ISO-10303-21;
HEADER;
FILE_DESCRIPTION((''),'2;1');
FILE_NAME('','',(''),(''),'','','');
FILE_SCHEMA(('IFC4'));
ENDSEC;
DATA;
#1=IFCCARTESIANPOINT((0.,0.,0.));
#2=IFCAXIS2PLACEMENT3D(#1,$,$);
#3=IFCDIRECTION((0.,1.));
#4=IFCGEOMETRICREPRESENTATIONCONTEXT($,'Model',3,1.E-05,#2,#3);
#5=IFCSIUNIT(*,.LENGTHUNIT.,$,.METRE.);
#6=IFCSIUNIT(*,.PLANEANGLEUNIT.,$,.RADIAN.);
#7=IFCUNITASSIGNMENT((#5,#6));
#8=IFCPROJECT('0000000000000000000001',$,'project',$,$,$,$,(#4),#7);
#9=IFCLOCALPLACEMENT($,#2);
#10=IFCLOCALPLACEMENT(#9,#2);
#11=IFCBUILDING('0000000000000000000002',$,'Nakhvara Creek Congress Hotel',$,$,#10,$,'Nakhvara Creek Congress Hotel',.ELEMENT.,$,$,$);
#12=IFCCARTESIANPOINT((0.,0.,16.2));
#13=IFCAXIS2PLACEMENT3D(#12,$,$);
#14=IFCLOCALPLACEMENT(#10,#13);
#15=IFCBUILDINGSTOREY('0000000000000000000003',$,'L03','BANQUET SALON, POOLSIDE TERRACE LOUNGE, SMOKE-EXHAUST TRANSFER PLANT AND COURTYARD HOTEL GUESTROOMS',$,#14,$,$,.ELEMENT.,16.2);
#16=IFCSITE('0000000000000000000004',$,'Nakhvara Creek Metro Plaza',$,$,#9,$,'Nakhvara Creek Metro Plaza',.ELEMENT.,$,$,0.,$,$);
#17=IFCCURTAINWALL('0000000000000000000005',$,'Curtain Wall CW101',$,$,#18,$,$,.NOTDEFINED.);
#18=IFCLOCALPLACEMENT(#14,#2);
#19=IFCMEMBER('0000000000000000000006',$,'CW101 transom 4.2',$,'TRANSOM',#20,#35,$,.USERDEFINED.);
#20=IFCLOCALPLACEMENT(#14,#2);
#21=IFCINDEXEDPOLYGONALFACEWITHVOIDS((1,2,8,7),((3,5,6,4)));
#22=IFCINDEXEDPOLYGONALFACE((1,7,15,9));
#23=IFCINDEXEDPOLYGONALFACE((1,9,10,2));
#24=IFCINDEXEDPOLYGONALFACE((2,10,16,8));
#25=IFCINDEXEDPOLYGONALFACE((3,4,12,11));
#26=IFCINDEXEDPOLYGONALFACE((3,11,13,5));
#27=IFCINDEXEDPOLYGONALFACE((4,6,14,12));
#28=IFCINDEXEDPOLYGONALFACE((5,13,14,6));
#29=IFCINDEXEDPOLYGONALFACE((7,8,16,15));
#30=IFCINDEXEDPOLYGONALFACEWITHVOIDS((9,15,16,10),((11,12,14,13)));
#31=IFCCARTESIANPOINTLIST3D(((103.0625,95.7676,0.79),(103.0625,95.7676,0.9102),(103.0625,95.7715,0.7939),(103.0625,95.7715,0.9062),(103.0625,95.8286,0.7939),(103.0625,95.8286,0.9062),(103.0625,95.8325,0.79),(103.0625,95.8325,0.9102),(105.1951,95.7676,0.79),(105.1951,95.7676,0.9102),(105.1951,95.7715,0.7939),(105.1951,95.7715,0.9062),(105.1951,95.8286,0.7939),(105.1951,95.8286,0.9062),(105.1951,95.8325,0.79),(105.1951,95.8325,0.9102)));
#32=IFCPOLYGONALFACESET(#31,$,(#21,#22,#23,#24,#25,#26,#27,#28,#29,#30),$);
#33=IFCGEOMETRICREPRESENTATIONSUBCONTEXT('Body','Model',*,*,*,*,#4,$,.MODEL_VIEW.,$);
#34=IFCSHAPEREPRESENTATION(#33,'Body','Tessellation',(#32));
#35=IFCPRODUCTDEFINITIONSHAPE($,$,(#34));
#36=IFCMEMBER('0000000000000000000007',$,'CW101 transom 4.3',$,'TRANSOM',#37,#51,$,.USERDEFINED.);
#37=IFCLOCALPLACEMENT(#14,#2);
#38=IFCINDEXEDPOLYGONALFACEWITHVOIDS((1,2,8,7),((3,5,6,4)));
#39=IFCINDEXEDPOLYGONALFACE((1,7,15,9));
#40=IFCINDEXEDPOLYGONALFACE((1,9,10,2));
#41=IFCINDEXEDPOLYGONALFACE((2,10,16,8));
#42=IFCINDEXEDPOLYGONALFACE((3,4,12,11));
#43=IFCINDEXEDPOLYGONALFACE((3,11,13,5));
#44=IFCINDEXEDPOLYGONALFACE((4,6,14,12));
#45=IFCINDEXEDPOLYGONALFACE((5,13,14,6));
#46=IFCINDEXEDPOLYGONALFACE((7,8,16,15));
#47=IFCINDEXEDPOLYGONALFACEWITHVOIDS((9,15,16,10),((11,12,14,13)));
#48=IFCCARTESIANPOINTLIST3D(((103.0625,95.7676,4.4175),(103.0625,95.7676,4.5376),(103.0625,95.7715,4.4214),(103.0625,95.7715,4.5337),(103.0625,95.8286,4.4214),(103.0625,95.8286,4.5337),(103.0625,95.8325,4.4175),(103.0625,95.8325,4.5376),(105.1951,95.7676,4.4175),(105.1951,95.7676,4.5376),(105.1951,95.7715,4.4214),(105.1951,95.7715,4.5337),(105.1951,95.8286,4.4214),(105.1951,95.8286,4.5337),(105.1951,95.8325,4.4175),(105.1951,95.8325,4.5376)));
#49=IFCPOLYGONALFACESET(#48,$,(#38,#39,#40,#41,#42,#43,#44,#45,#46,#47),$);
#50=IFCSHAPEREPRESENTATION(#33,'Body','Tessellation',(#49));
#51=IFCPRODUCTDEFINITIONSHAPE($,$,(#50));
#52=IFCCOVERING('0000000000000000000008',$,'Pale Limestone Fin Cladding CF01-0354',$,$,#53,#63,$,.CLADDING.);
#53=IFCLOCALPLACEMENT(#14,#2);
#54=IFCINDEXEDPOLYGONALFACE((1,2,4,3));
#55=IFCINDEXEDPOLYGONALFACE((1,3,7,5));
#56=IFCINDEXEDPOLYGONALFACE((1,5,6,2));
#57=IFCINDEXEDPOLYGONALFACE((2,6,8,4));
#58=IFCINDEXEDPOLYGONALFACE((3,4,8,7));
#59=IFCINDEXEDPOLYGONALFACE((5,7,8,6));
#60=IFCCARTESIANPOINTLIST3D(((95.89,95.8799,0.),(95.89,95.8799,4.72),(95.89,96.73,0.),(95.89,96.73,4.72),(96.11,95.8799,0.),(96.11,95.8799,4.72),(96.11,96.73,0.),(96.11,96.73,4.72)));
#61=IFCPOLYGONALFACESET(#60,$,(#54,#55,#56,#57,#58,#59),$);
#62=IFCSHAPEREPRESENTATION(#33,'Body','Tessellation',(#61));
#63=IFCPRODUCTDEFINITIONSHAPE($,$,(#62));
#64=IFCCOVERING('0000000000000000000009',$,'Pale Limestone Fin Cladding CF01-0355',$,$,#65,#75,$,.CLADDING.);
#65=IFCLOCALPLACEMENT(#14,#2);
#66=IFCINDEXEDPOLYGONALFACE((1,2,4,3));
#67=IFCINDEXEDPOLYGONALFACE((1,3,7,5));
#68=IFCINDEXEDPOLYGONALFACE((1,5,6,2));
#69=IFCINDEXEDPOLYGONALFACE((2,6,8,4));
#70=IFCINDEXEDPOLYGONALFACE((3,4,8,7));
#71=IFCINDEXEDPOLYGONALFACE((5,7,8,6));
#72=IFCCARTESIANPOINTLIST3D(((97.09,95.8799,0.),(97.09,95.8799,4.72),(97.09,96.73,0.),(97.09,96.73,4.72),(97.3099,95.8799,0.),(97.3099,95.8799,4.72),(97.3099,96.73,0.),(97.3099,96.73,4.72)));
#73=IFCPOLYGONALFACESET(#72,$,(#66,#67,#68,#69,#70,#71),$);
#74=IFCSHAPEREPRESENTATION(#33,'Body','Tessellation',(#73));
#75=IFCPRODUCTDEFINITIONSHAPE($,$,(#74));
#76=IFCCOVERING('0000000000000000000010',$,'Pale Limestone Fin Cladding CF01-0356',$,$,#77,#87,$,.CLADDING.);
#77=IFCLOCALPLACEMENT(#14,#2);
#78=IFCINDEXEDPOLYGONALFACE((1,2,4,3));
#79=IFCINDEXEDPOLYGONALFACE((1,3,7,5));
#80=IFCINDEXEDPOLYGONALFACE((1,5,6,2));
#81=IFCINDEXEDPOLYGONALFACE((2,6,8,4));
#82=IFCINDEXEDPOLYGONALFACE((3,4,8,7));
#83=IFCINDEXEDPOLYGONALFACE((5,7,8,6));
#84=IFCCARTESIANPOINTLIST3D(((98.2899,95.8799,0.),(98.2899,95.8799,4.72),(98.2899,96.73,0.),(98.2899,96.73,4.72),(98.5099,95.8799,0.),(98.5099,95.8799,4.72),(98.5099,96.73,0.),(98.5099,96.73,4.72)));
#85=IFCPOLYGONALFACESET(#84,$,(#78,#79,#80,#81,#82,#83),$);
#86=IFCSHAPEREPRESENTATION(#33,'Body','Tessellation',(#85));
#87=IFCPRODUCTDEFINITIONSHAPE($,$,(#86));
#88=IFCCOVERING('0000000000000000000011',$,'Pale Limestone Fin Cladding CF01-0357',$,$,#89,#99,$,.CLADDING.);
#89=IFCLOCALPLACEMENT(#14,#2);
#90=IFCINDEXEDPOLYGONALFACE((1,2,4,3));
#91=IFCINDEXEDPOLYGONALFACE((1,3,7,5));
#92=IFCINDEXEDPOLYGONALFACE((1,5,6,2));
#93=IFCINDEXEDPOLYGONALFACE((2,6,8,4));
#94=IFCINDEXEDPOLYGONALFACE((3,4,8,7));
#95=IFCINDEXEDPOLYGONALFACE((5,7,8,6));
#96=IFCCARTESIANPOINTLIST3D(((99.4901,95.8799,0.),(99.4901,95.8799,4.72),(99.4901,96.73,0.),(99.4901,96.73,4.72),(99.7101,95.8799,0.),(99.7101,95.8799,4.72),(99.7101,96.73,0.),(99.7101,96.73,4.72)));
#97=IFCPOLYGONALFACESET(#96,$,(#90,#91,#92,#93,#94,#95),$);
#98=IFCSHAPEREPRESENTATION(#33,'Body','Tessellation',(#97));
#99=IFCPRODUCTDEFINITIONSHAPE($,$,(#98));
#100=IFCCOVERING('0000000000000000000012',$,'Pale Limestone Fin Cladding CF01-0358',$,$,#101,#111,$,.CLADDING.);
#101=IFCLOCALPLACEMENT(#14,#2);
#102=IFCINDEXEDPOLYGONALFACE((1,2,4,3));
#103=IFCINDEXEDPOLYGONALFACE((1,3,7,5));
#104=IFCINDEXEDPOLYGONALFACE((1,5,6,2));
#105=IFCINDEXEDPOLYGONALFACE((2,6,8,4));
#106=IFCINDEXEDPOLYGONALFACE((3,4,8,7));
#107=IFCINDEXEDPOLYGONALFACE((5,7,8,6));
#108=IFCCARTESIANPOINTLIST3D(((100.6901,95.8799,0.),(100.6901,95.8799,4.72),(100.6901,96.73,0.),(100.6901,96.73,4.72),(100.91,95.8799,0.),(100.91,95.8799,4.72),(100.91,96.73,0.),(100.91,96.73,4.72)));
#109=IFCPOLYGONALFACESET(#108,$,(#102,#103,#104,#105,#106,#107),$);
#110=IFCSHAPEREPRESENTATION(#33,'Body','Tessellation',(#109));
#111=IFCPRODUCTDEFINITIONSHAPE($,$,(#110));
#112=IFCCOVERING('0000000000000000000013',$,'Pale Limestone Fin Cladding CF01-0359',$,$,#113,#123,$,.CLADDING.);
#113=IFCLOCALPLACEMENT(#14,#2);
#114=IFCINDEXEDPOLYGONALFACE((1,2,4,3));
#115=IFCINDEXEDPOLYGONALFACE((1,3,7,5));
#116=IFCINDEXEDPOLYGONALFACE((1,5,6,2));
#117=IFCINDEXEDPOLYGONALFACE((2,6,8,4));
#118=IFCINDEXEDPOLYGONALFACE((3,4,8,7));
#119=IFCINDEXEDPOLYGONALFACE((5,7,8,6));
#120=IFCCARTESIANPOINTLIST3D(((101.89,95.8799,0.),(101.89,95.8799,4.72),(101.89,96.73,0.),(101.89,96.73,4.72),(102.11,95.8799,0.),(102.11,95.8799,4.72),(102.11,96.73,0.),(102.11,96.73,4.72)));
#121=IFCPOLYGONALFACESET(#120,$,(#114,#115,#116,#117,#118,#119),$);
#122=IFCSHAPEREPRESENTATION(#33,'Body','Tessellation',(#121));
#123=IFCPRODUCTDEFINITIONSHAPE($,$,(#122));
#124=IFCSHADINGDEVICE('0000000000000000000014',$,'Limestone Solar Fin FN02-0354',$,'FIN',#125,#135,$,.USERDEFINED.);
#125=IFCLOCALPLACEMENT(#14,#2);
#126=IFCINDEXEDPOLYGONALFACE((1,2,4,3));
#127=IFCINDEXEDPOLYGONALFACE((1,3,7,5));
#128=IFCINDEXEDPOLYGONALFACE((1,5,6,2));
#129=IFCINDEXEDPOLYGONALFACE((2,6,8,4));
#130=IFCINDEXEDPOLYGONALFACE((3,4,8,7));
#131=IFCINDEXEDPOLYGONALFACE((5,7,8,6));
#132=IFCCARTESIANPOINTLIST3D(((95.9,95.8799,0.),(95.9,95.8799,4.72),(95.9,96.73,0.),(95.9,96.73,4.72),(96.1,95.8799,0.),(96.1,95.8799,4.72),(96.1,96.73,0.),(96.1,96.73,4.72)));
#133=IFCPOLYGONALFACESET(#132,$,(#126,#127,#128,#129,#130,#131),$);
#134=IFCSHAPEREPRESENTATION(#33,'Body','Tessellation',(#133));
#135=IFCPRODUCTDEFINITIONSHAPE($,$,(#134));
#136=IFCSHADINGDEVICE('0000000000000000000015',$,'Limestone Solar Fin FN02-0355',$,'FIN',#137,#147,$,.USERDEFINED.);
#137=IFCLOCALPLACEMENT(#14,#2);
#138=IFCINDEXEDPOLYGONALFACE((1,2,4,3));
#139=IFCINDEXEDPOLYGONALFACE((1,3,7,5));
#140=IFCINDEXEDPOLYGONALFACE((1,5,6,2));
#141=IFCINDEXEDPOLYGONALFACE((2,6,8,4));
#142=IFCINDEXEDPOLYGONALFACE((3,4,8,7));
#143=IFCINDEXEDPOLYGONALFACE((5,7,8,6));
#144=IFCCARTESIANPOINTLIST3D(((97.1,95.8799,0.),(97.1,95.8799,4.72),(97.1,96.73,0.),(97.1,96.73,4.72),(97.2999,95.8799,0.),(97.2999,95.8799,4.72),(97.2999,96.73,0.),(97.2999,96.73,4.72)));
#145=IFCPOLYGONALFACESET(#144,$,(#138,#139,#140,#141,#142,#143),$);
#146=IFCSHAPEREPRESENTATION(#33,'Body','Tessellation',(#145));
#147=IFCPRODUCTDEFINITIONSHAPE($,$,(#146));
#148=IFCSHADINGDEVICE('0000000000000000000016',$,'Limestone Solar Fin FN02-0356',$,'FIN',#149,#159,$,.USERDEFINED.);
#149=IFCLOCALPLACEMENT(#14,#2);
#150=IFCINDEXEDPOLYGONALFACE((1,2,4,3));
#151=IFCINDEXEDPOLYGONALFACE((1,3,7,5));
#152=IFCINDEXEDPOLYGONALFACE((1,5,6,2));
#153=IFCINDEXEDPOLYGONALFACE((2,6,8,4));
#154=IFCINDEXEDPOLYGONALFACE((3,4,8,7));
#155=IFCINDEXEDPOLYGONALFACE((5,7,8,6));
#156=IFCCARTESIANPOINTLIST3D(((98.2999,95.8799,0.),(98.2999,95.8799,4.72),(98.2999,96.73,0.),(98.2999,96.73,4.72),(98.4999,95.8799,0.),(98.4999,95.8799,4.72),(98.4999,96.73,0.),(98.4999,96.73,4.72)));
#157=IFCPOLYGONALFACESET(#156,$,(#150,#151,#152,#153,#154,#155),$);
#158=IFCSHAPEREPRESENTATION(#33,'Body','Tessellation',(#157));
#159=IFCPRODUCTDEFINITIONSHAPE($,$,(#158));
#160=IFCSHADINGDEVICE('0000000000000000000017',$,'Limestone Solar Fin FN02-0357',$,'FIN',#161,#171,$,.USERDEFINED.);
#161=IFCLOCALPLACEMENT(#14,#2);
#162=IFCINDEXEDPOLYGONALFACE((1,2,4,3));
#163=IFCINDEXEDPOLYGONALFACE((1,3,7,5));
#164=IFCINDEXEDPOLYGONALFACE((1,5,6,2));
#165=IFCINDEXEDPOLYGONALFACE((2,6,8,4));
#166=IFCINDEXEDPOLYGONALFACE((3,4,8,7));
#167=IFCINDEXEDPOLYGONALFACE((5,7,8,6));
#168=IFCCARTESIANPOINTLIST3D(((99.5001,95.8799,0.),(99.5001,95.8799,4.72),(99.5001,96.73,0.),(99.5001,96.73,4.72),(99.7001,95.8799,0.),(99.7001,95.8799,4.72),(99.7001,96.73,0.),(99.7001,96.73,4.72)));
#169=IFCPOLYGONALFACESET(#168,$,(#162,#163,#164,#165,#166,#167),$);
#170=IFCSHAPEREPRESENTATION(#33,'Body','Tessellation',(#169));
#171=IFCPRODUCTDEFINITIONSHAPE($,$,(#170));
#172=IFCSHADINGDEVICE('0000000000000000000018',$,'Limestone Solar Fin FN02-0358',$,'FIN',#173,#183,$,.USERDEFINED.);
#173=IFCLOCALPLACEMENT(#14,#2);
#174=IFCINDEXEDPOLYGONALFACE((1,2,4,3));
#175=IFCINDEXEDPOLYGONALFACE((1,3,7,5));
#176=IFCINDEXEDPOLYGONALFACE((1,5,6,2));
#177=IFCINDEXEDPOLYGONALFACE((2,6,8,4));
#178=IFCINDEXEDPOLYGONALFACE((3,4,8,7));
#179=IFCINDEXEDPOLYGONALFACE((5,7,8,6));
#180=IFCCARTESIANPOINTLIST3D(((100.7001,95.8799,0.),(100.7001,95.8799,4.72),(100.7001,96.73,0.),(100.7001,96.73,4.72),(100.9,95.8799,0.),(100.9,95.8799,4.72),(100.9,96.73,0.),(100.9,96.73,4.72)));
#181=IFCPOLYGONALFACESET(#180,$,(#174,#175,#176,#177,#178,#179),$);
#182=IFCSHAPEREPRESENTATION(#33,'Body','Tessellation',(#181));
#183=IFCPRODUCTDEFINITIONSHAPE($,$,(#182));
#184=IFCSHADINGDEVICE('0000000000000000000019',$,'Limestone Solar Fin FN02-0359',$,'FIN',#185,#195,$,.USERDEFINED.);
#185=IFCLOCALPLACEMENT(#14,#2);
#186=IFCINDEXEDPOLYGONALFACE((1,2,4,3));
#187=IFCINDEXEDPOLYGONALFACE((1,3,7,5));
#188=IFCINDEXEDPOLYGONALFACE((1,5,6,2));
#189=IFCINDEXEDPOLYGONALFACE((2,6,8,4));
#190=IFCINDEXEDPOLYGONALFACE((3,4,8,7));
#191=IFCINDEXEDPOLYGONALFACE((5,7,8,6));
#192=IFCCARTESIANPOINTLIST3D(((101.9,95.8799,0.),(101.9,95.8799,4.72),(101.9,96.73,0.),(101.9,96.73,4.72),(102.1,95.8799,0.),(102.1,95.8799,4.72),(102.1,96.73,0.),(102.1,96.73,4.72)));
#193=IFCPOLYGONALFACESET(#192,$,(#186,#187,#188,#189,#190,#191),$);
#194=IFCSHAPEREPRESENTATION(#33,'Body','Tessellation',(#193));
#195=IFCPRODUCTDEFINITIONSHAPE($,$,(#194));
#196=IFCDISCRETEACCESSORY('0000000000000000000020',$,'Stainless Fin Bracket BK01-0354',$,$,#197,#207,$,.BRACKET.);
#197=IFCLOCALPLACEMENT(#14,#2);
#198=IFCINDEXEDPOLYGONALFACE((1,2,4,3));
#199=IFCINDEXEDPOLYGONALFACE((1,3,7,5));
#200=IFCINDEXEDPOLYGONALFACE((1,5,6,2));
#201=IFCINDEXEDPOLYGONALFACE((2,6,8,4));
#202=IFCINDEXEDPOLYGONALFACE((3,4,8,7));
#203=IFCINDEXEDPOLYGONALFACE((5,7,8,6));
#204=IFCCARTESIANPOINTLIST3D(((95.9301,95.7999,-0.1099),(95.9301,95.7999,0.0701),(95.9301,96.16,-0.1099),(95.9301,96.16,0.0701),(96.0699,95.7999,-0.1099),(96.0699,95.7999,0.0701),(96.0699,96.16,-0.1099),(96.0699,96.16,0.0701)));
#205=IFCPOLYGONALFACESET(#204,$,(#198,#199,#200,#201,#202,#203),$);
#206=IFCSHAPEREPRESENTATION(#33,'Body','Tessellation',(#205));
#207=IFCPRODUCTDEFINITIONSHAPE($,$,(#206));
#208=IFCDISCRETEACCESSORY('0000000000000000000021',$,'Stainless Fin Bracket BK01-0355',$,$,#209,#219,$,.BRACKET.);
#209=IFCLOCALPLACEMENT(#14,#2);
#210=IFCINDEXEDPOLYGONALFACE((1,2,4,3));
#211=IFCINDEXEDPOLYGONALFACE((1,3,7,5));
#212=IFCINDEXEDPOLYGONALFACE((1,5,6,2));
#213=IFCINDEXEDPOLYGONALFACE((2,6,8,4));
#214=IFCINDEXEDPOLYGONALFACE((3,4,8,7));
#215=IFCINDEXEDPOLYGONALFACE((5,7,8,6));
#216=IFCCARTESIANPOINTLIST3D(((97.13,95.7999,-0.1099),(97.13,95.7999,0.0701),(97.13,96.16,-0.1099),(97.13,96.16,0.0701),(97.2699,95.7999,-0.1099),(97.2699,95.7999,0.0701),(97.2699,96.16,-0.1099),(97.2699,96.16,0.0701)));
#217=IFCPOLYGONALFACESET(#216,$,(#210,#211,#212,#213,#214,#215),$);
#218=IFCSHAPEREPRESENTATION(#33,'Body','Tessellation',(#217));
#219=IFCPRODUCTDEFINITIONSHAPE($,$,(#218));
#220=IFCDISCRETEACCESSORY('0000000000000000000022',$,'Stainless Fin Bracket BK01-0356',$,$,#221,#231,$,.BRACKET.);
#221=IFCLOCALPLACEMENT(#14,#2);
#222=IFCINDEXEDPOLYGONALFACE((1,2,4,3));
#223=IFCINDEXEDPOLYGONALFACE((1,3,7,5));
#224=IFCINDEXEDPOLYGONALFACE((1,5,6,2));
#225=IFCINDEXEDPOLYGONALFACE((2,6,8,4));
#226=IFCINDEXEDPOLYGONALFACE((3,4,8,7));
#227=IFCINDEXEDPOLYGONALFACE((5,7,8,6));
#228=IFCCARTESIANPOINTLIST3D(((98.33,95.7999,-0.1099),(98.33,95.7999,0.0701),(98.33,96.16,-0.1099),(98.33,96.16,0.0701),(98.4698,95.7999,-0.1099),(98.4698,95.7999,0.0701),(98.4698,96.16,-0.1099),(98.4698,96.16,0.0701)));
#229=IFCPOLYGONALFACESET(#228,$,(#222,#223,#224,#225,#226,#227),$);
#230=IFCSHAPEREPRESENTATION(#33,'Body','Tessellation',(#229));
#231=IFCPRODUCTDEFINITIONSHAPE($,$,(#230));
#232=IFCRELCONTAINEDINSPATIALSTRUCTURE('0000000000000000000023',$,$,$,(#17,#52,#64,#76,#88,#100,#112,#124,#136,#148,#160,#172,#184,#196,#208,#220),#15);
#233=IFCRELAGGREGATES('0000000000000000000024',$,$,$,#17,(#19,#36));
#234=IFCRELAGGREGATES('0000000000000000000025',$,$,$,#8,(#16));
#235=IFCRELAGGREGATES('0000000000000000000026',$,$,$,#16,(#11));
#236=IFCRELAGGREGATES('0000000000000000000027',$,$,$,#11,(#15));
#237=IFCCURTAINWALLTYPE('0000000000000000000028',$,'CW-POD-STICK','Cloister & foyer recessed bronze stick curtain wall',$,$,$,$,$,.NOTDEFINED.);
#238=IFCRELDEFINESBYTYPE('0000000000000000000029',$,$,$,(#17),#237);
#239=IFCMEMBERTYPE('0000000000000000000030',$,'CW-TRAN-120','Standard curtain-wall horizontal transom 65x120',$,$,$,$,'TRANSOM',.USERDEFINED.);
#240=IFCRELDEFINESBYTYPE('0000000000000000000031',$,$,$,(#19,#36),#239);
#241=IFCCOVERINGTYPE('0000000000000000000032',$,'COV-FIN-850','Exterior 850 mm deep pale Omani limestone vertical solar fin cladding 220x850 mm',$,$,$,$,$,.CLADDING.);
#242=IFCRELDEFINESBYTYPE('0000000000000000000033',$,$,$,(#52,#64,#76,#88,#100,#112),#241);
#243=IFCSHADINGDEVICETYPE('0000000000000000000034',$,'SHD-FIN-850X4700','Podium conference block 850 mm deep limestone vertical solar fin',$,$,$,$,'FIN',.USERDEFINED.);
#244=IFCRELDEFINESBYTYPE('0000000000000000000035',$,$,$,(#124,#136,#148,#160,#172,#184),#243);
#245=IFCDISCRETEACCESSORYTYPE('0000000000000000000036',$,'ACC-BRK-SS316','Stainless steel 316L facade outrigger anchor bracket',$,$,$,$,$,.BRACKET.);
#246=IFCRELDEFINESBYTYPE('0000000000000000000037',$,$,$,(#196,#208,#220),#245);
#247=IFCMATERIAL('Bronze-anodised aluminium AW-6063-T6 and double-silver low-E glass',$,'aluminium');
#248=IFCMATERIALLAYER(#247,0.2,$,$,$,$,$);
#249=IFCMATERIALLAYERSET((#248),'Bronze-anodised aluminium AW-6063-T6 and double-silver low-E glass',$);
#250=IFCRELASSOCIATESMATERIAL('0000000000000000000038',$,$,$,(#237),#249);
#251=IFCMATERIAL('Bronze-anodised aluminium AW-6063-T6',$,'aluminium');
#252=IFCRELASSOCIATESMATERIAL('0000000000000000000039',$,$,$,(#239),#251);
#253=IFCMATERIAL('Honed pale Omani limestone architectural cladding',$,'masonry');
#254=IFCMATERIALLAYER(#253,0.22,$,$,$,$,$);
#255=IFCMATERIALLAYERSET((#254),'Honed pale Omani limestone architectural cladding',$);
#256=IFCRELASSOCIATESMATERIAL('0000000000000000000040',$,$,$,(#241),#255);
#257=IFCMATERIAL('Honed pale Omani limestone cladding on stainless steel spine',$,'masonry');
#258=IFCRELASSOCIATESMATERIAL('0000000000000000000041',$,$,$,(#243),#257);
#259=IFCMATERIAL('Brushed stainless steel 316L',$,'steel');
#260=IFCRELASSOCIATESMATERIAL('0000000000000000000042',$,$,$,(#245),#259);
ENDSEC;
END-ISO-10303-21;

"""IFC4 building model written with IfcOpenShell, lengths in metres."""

from ifc_helpers import new_model, si_unit, direction, frame, origin, origin_2d, place, context, subcontext, project, spatial, rectangle, hollow_rectangle, extrude, material, layer, layer_set, material_profile, profile_set, type_object, element, aggregate, save


model = new_model("IFC4")

# Units and contexts
model_context = context("Model", 3, precision=1e-05, world=origin(), true_north=direction((0.0, 1.0)))
body_context = subcontext(model_context, "Body", "Model", "MODEL_VIEW")
ifc_project = project(units=[si_unit("LENGTHUNIT", "METRE"), si_unit("PLANEANGLEUNIT", "RADIAN")], contexts=[model_context])

# Site, building, storey
site_placement = place(None, origin())
site = spatial("IfcSite", under=ifc_project, at=site_placement, Name="Nakhvara Creek Metro Plaza", LongName="Nakhvara Creek Metro Plaza", CompositionType="ELEMENT", RefElevation=0.0)
building_placement = place(site_placement, origin())
building = spatial("IfcBuilding", under=site, at=building_placement, Name="Nakhvara Creek Congress Hotel", LongName="Nakhvara Creek Congress Hotel", CompositionType="ELEMENT")
storey_placement = place(building_placement, frame((0.0, 0.0, 16.2)))
storey = spatial("IfcBuildingStorey", under=building, at=storey_placement, Name="L03", Description="BANQUET SALON, POOLSIDE TERRACE LOUNGE, SMOKE-EXHAUST TRANSFER PLANT AND COURTYARD HOTEL GUESTROOMS", CompositionType="ELEMENT", Elevation=16.2)

# Curtain wall, members
ifc_material_1 = material(Name="Bronze-anodised aluminium AW-6063-T6 and double-silver low-E glass", Category="aluminium")
ifc_layer_1 = layer(ifc_material_1, 0.2)
ifc_layer_set_1 = layer_set([ifc_layer_1], Name="Bronze-anodised aluminium AW-6063-T6 and double-silver low-E glass")
curtain_wall_type = type_object("IfcCurtainWallType", Name="CW-POD-STICK", Description="Cloister & foyer recessed bronze stick curtain wall", PredefinedType="NOTDEFINED", material=ifc_layer_set_1)
curtain_wall_placement = place(storey_placement, origin())
curtain_wall = element("IfcCurtainWall", 1, at=curtain_wall_placement, inside=storey, type_object=curtain_wall_type, Name="Curtain Wall CW101", PredefinedType="NOTDEFINED")
ifc_material_2 = material(Name="Bronze-anodised aluminium AW-6063-T6", Category="aluminium")
ifc_material_profile = material_profile(ifc_material_2, hollow_rectangle(XDim=0.0649, YDim=0.1201, WallThickness=0.0039, at=origin_2d()), Name="ALU-TRAN 65x120x4", Category="LoadBearing")
ifc_profile_set = profile_set([ifc_material_profile], Name="Bronze-anodised aluminium AW-6063-T6")
member_type = type_object("IfcMemberType", Name="CW-TRAN-120", Description="Standard curtain-wall horizontal transom 65x120", ElementType="TRANSOM", PredefinedType="USERDEFINED", material=ifc_profile_set)
member_1_placement = place(storey_placement, frame((103.0625, 95.8, 0.8501), z_axis=(1.0, 0.0, 0.0), x_axis=(0.0, 1.0, 0.0)))
member_1 = element("IfcMember", 2, at=member_1_placement, type_object=member_type, Name="CW101 transom 4.2", ObjectType="TRANSOM", PredefinedType="USERDEFINED", context=body_context, shape_type="SweptSolid", body=[
    extrude(hollow_rectangle(XDim=0.0649, YDim=0.1201, WallThickness=0.0039, at=origin_2d()), origin(), (0.0, 0.0, 1.0), 2.1326),
])
member_2_placement = place(storey_placement, frame((103.0625, 95.8, 4.4775), z_axis=(1.0, 0.0, 0.0), x_axis=(0.0, 1.0, 0.0)))
member_2 = element("IfcMember", 3, at=member_2_placement, type_object=member_type, Name="CW101 transom 4.3", ObjectType="TRANSOM", PredefinedType="USERDEFINED", context=body_context, shape_type="SweptSolid", body=[
    extrude(hollow_rectangle(XDim=0.0649, YDim=0.1201, WallThickness=0.0039, at=origin_2d()), origin(), (0.0, 0.0, 1.0), 2.1326),
])
aggregate(curtain_wall, [member_1, member_2])

# Coverings
ifc_material_3 = material(Name="Honed pale Omani limestone architectural cladding", Category="masonry")
ifc_layer_2 = layer(ifc_material_3, 0.22)
ifc_layer_set_2 = layer_set([ifc_layer_2], Name="Honed pale Omani limestone architectural cladding")
covering_type = type_object("IfcCoveringType", Name="COV-FIN-850", Description="Exterior 850 mm deep pale Omani limestone vertical solar fin cladding 220x850 mm", PredefinedType="CLADDING", material=ifc_layer_set_2)
for number, where, z_axis, x_axis, name in (
    (4, (96.0, 96.3049, 0.0), (0.0, 0.0, 1.0), (1.0, 0.0, 0.0), "Pale Limestone Fin Cladding CF01-0354"),
    (5, (97.2, 96.3049, 0.0), (0.0, 0.0, 1.0), (1.0, 0.0, 0.0), "Pale Limestone Fin Cladding CF01-0355"),
    (6, (98.3999, 96.3049, 0.0), (0.0, 0.0, 1.0), (1.0, 0.0, 0.0), "Pale Limestone Fin Cladding CF01-0356"),
    (7, (99.6001, 96.3049, 0.0), (0.0, 0.0, 1.0), (1.0, 0.0, 0.0), "Pale Limestone Fin Cladding CF01-0357"),
    (8, (100.8, 96.3049, 0.0), (0.0, 0.0, 1.0), (1.0, 0.0, 0.0), "Pale Limestone Fin Cladding CF01-0358"),
    (9, (102.0, 96.3049, 0.0), (0.0, 0.0, 1.0), (1.0, 0.0, 0.0), "Pale Limestone Fin Cladding CF01-0359"),
):
    element("IfcCovering", number, at=place(storey_placement, frame(where, z_axis=z_axis, x_axis=x_axis)), inside=storey, type_object=covering_type, Name=name, PredefinedType="CLADDING", context=body_context, shape_type="SweptSolid", body=[
        extrude(rectangle(XDim=0.22, YDim=0.8501, at=origin_2d()), origin(), (0.0, 0.0, 1.0), 4.72),
    ])

# Shared definitions
ifc_material_4 = material(Name="Brushed stainless steel 316L", Category="steel")

# Shading devices
ifc_material_5 = material(Name="Honed pale Omani limestone cladding on stainless steel spine", Category="masonry")
shading_device_type = type_object("IfcShadingDeviceType", Name="SHD-FIN-850X4700", Description="Podium conference block 850 mm deep limestone vertical solar fin", ElementType="FIN", PredefinedType="USERDEFINED", material=ifc_material_5)
for number, where, z_axis, x_axis, name in (
    (10, (96.0, 96.3049, 0.0), (0.0, 0.0, 1.0), (1.0, 0.0, 0.0), "Limestone Solar Fin FN02-0354"),
    (11, (97.2, 96.3049, 0.0), (0.0, 0.0, 1.0), (1.0, 0.0, 0.0), "Limestone Solar Fin FN02-0355"),
    (12, (98.3999, 96.3049, 0.0), (0.0, 0.0, 1.0), (1.0, 0.0, 0.0), "Limestone Solar Fin FN02-0356"),
    (13, (99.6001, 96.3049, 0.0), (0.0, 0.0, 1.0), (1.0, 0.0, 0.0), "Limestone Solar Fin FN02-0357"),
    (14, (100.8, 96.3049, 0.0), (0.0, 0.0, 1.0), (1.0, 0.0, 0.0), "Limestone Solar Fin FN02-0358"),
    (15, (102.0, 96.3049, 0.0), (0.0, 0.0, 1.0), (1.0, 0.0, 0.0), "Limestone Solar Fin FN02-0359"),
):
    element("IfcShadingDevice", number, at=place(storey_placement, frame(where, z_axis=z_axis, x_axis=x_axis)), inside=storey, type_object=shading_device_type, Name=name, ObjectType="FIN", PredefinedType="USERDEFINED", context=body_context, shape_type="SweptSolid", body=[
        extrude(rectangle(XDim=0.2, YDim=0.8501, at=origin_2d()), origin(), (0.0, 0.0, 1.0), 4.72),
    ])

# Discrete accessories
discrete_accessory_type = type_object("IfcDiscreteAccessoryType", Name="ACC-BRK-SS316", Description="Stainless steel 316L facade outrigger anchor bracket", PredefinedType="BRACKET", material=ifc_material_4)
for number, where, z_axis, x_axis, name in (
    (16, (96.0, 95.98, -0.1099), (0.0, 0.0, 1.0), (1.0, 0.0, 0.0), "Stainless Fin Bracket BK01-0354"),
    (17, (97.2, 95.98, -0.1099), (0.0, 0.0, 1.0), (1.0, 0.0, 0.0), "Stainless Fin Bracket BK01-0355"),
    (18, (98.3999, 95.98, -0.1099), (0.0, 0.0, 1.0), (1.0, 0.0, 0.0), "Stainless Fin Bracket BK01-0356"),
):
    element("IfcDiscreteAccessory", number, at=place(storey_placement, frame(where, z_axis=z_axis, x_axis=x_axis)), inside=storey, type_object=discrete_accessory_type, Name=name, PredefinedType="BRACKET", context=body_context, shape_type="SweptSolid", body=[
        extrude(rectangle(XDim=0.1399, YDim=0.3601, at=origin_2d()), origin(), (0.0, 0.0, 1.0), 0.1799),
    ])

save(model, "model.ifc")
